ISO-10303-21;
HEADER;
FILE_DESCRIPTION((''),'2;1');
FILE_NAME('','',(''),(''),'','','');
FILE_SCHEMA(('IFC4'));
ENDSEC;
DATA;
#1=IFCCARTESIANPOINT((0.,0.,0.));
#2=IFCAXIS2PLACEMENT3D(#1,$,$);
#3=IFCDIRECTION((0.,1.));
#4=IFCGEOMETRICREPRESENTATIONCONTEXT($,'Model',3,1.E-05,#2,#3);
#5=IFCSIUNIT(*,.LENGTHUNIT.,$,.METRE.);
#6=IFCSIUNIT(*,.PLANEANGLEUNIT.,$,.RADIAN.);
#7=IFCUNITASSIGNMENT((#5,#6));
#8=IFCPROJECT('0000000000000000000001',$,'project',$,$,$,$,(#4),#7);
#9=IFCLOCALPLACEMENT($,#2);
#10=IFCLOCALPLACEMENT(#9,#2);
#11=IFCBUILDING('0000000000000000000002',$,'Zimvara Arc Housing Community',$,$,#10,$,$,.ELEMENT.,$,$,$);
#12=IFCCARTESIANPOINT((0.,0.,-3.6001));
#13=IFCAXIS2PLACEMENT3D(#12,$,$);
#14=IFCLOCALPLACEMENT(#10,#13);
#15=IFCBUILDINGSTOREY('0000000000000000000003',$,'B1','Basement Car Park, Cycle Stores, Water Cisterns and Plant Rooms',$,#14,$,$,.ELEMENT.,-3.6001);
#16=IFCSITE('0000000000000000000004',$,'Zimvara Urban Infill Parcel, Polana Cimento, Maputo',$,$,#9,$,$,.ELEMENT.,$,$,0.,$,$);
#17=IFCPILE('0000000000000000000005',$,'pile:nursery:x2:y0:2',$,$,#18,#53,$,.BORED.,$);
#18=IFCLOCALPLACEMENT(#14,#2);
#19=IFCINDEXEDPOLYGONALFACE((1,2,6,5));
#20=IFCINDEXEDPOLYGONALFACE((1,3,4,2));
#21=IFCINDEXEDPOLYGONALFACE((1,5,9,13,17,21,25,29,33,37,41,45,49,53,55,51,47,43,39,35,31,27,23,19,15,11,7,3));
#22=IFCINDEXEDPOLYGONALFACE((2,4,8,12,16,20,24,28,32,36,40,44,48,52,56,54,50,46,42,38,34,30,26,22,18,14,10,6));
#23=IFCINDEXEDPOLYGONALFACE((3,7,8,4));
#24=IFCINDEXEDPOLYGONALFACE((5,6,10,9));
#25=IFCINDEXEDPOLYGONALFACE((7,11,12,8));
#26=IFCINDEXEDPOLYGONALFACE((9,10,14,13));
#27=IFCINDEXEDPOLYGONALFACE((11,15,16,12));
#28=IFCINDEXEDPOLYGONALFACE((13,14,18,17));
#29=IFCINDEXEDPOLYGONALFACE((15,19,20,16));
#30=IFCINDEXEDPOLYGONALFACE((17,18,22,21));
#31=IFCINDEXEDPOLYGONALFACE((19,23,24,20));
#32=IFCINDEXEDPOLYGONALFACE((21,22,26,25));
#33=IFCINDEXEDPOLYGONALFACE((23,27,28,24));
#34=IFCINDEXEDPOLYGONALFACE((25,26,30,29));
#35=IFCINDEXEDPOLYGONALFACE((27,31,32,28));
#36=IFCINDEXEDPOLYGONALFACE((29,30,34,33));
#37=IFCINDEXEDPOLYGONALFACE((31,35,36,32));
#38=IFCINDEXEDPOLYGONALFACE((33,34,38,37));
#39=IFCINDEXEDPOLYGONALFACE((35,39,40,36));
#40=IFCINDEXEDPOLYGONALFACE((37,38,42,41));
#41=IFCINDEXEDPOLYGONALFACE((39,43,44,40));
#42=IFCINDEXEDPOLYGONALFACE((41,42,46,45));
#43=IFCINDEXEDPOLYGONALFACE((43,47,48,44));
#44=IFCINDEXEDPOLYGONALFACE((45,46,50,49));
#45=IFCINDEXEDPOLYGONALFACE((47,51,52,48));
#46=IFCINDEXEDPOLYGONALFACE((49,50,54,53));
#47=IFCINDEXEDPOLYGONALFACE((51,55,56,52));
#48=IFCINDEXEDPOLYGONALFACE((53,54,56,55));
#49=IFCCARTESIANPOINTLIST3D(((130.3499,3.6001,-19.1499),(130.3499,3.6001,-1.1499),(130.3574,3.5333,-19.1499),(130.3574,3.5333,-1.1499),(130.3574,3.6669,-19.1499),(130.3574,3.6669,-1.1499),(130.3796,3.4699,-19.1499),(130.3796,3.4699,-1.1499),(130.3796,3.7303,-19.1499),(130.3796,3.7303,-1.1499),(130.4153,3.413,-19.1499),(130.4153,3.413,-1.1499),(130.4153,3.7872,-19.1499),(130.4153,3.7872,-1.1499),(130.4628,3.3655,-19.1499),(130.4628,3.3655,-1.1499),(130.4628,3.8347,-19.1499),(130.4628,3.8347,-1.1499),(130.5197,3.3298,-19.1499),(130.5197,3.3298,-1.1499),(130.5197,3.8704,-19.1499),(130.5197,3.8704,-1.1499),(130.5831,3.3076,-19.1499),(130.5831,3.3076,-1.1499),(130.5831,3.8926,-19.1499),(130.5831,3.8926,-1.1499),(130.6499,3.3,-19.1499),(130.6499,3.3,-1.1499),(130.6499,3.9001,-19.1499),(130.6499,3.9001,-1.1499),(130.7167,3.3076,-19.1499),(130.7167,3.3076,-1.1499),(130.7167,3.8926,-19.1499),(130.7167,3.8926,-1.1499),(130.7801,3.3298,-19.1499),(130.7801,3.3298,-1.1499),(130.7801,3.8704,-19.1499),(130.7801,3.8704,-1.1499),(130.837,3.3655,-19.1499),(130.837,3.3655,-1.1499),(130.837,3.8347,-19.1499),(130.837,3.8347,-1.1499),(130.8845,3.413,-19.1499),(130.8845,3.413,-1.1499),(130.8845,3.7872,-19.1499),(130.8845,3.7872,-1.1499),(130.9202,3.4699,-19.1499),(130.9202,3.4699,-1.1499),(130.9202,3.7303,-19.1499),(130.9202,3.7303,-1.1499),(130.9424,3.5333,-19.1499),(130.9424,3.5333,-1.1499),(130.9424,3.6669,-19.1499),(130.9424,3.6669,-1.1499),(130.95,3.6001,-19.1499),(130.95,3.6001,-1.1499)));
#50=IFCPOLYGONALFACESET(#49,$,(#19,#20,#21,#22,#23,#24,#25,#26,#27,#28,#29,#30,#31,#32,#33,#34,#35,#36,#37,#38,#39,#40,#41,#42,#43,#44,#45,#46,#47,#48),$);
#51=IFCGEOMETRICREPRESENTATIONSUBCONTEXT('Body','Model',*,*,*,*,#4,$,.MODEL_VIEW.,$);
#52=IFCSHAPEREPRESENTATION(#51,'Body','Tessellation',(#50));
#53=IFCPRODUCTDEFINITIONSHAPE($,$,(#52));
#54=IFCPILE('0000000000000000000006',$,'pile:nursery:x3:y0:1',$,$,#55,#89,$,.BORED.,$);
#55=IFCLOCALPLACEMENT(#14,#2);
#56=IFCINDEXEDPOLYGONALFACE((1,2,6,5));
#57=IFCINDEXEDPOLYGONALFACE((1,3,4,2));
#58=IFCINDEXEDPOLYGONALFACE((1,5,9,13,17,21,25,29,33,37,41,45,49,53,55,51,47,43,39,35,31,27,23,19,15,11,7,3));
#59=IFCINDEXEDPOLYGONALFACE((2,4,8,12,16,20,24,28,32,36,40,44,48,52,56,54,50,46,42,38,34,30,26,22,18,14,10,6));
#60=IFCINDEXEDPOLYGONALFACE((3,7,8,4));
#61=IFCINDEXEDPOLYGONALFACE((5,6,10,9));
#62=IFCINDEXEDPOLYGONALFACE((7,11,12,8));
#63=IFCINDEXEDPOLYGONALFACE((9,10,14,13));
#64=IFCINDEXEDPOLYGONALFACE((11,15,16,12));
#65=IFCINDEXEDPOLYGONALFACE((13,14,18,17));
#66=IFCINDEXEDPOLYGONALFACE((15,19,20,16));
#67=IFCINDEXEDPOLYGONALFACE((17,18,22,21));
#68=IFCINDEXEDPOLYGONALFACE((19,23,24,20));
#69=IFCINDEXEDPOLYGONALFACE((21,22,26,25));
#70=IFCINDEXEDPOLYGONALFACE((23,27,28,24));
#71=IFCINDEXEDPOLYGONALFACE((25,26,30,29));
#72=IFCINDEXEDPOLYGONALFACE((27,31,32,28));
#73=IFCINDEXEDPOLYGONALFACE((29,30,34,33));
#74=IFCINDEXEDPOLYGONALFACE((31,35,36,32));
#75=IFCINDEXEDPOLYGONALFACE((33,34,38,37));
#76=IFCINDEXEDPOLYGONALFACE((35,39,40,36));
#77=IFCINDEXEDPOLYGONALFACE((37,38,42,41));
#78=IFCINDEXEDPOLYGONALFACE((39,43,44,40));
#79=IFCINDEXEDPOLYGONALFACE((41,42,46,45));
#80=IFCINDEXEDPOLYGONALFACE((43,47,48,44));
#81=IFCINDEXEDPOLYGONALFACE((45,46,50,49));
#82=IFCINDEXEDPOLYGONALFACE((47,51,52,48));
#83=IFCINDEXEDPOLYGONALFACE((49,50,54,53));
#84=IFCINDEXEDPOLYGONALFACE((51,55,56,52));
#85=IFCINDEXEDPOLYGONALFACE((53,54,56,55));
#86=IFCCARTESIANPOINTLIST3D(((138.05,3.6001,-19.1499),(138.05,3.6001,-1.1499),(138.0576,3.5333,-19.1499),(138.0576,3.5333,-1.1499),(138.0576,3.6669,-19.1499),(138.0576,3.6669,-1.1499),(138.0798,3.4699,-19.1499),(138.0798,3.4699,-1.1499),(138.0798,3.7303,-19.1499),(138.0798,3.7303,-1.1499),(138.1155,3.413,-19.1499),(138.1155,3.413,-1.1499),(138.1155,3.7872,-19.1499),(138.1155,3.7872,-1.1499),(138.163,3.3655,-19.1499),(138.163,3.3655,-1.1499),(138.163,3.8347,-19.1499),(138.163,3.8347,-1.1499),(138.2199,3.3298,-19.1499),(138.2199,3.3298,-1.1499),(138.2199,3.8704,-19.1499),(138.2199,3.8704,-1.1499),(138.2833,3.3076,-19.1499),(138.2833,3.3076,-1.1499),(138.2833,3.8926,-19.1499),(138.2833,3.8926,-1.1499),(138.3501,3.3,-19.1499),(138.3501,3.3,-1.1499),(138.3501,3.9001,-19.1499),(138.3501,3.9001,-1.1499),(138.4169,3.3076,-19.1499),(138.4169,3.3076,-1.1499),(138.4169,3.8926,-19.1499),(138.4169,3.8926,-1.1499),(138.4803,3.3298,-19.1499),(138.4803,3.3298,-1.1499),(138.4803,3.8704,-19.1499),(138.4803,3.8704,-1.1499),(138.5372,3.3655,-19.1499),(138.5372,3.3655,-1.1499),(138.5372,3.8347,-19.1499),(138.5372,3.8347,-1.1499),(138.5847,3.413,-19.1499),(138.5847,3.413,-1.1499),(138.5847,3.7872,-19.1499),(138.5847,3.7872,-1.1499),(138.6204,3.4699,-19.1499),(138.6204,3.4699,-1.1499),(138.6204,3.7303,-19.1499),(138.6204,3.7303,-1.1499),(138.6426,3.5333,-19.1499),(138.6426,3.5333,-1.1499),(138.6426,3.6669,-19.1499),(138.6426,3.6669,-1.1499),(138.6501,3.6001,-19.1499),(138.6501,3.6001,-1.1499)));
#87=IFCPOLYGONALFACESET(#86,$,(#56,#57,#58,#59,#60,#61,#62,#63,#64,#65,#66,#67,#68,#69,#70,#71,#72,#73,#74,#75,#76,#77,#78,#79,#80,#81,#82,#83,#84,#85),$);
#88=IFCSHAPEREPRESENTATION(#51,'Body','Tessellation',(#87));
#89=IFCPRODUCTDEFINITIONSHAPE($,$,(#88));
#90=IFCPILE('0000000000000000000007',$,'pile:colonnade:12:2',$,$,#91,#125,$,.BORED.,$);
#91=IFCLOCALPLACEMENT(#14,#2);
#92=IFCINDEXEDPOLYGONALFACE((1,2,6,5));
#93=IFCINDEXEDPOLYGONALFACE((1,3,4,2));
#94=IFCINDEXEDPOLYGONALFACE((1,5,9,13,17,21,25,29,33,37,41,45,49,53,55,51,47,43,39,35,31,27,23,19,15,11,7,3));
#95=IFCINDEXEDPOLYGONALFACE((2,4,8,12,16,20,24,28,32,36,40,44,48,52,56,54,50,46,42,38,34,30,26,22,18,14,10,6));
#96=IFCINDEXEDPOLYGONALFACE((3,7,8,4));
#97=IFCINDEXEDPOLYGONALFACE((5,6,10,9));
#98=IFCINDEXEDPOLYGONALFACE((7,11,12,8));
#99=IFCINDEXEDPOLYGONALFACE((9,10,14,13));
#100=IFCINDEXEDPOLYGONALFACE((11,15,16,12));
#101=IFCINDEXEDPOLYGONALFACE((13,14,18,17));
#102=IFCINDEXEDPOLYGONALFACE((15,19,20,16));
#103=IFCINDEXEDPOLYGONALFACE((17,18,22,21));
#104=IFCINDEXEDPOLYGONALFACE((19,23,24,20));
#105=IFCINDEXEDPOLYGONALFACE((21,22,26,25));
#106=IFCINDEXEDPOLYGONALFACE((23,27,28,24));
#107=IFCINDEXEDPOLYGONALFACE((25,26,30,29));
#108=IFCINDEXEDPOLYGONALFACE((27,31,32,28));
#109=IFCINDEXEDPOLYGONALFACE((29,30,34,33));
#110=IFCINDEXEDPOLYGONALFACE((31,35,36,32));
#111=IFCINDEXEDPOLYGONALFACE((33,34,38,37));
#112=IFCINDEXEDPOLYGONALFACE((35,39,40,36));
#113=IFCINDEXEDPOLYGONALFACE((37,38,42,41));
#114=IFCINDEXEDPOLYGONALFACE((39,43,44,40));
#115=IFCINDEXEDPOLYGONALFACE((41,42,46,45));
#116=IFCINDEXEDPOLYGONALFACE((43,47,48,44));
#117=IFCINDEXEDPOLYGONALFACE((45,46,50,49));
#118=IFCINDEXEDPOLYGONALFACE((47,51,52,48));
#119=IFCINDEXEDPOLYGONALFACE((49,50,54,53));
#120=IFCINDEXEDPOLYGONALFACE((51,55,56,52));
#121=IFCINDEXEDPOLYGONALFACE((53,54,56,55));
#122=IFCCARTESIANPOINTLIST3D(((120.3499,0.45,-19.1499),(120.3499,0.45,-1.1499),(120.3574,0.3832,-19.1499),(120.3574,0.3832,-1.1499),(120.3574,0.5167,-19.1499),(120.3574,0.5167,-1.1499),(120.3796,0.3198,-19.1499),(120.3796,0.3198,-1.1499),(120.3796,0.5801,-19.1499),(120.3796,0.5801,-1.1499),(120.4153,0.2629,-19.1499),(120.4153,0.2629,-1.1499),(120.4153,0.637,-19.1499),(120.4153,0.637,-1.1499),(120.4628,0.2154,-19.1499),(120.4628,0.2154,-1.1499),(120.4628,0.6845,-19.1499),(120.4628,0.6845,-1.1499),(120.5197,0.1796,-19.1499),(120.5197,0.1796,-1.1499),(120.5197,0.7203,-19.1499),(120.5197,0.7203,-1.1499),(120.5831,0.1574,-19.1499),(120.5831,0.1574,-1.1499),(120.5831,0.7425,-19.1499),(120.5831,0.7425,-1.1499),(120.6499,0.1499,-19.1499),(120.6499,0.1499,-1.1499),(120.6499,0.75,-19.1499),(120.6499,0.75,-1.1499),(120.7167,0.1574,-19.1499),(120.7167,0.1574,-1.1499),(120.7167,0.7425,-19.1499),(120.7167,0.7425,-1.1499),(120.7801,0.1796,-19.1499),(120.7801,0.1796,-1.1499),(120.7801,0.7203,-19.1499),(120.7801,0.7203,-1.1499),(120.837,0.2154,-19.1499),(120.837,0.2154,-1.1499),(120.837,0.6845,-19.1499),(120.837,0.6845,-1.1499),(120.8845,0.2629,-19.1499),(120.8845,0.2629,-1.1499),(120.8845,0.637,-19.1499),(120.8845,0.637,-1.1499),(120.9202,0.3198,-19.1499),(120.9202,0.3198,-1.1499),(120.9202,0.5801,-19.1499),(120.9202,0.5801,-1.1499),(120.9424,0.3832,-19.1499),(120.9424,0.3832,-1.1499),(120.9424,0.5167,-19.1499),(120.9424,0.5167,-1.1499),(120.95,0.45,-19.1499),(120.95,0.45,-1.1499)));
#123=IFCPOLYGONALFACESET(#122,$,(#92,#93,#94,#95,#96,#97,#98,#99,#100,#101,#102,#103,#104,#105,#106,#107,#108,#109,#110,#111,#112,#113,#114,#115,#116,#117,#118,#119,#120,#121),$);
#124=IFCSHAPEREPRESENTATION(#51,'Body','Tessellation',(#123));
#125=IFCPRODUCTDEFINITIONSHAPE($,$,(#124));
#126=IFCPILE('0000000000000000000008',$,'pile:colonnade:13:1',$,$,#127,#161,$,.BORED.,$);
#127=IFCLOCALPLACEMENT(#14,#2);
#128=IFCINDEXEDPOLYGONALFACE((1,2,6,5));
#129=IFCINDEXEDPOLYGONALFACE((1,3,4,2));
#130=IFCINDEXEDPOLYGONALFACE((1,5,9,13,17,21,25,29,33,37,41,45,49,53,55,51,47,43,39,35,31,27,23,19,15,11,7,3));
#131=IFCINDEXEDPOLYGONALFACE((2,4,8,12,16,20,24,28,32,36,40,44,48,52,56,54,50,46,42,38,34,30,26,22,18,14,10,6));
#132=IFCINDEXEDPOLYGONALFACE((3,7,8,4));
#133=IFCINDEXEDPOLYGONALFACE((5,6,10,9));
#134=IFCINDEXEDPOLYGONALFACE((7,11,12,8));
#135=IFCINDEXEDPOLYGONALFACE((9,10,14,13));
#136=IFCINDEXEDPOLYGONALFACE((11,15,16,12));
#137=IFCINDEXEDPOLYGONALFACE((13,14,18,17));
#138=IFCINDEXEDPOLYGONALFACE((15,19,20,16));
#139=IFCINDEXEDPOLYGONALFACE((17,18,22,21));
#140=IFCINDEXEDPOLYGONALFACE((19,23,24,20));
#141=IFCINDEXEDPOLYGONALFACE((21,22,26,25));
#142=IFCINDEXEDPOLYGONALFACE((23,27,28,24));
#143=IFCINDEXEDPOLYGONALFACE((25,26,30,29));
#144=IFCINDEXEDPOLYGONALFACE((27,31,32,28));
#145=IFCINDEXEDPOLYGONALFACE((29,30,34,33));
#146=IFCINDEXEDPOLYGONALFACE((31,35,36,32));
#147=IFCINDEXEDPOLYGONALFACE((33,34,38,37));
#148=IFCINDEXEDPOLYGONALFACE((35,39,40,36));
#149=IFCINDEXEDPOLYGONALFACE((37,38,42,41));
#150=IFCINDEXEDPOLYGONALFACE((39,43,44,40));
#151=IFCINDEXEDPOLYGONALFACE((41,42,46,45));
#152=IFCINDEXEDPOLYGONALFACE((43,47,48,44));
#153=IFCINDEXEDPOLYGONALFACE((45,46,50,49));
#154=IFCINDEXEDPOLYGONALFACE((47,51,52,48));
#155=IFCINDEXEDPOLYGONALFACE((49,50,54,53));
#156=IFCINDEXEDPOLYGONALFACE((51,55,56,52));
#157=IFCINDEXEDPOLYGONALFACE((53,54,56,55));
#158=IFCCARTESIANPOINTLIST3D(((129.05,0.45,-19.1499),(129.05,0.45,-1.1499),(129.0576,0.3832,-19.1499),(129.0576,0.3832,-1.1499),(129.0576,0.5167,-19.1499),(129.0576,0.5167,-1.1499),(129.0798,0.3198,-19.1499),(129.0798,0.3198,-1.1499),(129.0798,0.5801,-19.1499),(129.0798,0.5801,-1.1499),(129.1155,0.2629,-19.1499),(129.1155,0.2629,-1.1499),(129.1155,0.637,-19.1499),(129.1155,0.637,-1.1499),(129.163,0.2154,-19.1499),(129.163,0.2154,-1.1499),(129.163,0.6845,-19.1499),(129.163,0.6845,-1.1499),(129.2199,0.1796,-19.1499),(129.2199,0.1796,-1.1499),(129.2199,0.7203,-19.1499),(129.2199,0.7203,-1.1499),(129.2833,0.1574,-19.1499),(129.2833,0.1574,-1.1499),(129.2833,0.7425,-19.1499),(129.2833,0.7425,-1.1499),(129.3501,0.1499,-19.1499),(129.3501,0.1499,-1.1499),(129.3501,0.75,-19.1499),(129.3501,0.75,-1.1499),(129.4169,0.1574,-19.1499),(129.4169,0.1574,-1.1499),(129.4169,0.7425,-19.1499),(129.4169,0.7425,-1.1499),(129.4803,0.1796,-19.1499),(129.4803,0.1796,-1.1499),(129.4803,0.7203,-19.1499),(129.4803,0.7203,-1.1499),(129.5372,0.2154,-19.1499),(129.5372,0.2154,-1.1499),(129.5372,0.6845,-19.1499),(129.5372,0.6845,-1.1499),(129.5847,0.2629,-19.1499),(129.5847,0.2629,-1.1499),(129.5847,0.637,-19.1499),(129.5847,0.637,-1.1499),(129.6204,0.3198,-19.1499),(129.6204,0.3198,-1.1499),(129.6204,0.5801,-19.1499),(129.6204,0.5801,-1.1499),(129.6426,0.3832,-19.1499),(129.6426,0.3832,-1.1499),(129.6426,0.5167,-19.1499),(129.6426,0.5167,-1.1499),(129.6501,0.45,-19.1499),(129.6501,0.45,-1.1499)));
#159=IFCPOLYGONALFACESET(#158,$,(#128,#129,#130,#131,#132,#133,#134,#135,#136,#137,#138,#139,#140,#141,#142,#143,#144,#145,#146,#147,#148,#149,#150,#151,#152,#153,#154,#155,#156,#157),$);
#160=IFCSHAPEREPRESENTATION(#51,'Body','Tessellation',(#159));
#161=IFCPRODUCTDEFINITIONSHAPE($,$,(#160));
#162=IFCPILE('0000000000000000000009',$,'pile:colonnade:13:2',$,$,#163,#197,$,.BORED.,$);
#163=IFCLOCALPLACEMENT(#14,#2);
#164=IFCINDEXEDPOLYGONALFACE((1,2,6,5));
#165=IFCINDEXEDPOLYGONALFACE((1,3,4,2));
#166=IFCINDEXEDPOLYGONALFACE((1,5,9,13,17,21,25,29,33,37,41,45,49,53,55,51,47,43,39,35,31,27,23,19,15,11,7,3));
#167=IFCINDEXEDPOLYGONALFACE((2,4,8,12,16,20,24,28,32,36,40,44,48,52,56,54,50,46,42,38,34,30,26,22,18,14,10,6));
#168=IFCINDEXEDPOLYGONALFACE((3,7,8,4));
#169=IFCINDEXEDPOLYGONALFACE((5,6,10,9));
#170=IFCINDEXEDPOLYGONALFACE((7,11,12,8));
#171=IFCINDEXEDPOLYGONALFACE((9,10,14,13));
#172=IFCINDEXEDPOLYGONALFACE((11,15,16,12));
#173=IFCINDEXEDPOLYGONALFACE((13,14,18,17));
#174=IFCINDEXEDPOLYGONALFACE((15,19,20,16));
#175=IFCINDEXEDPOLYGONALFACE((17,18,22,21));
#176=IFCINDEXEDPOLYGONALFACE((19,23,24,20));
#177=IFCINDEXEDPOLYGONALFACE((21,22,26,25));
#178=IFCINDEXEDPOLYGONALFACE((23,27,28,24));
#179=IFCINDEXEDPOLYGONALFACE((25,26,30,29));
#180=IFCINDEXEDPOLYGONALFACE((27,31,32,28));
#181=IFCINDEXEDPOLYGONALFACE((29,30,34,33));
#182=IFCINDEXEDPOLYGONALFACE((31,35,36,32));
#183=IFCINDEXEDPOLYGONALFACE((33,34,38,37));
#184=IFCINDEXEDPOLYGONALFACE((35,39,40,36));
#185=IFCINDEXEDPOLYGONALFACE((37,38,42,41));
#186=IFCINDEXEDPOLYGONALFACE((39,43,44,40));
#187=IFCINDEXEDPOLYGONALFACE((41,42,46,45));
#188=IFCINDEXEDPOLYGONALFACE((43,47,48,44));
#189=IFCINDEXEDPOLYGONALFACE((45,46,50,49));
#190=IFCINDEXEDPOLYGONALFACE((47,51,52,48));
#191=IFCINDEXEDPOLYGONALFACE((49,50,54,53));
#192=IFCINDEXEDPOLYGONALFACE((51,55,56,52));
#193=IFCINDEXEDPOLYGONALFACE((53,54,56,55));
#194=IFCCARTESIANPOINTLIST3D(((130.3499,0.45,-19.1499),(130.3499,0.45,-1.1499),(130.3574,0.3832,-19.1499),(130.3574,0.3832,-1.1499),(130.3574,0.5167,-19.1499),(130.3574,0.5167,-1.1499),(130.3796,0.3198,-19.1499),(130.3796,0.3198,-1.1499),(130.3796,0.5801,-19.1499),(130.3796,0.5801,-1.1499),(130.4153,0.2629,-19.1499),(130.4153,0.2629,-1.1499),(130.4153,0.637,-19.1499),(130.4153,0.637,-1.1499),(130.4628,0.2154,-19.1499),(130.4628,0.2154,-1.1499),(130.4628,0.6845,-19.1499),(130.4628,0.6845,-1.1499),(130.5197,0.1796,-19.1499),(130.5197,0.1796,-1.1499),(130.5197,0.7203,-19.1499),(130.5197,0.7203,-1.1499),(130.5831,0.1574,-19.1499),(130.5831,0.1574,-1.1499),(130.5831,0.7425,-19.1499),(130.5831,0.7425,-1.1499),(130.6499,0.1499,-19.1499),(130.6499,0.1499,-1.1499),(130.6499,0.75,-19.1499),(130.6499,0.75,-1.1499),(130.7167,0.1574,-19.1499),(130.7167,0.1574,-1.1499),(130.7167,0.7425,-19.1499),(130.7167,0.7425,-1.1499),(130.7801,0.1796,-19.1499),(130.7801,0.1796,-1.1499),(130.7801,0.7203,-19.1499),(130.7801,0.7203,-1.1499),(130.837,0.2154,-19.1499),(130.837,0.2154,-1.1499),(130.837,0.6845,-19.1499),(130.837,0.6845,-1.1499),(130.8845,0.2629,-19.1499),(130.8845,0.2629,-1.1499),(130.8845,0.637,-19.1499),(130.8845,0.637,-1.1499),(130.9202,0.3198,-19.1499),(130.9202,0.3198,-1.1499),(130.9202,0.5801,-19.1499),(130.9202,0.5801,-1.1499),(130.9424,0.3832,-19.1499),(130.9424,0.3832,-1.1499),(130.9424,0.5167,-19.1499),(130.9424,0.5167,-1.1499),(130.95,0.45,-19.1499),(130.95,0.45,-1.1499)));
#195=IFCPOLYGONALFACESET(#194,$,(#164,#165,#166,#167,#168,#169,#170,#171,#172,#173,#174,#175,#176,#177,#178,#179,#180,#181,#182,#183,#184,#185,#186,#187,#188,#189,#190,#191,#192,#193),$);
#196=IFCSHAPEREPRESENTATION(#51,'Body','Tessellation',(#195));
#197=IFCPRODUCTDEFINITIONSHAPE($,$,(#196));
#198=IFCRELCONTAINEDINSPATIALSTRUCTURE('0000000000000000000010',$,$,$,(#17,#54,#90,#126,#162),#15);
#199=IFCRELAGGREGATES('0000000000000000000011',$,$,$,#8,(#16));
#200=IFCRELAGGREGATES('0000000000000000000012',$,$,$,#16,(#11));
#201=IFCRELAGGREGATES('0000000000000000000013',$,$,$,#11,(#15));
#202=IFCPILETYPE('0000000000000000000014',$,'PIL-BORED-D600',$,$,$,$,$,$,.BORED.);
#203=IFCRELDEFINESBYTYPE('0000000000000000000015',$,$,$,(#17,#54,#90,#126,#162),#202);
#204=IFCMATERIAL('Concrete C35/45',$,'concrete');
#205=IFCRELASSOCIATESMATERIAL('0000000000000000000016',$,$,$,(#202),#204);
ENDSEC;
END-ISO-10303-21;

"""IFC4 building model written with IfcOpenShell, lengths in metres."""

from ifc_helpers import new_model, si_unit, direction, frame, origin, origin_2d, place, context, subcontext, project, spatial, circle, extrude, material, material_profile, profile_set, type_object, element, save


model = new_model("IFC4")

# Units and contexts
model_context = context("Model", 3, precision=1e-05, world=origin(), true_north=direction((0.0, 1.0)))
body_context = subcontext(model_context, "Body", "Model", "MODEL_VIEW")
ifc_project = project(units=[si_unit("LENGTHUNIT", "METRE"), si_unit("PLANEANGLEUNIT", "RADIAN")], contexts=[model_context])

# Site, building, storey
site_placement = place(None, origin())
site = spatial("IfcSite", under=ifc_project, at=site_placement, Name="Zimvara Urban Infill Parcel, Polana Cimento, Maputo", CompositionType="ELEMENT", RefElevation=0.0)
building_placement = place(site_placement, origin())
building = spatial("IfcBuilding", under=site, at=building_placement, Name="Zimvara Arc Housing Community", CompositionType="ELEMENT")
storey_placement = place(building_placement, frame((0.0, 0.0, -3.6001)))
storey = spatial("IfcBuildingStorey", under=building, at=storey_placement, Name="B1", Description="Basement Car Park, Cycle Stores, Water Cisterns and Plant Rooms", CompositionType="ELEMENT", Elevation=-3.6001)

# Piles
ifc_material_1 = material(Name="Concrete C35/45", Category="concrete")
ifc_material_profile_1 = material_profile(ifc_material_1, circle(Radius=0.3, at=origin_2d()), Name="PILE D600")
ifc_profile_set_1 = profile_set([ifc_material_profile_1], Name="Concrete C35/45")
pile_type = type_object("IfcPileType", Name="PIL-BORED-D600", PredefinedType="BORED", material=ifc_profile_set_1)
for number, where, z_axis, x_axis, name in (
    (1, (130.6499, 3.6001, -1.1499), (0.0, 0.0, -1.0), (1.0, 0.0, 0.0), "pile:nursery:x2:y0:2"),
    (2, (138.3501, 3.6001, -1.1499), (0.0, 0.0, -1.0), (1.0, 0.0, 0.0), "pile:nursery:x3:y0:1"),
    (3, (120.6499, 0.45, -1.1499), (0.0, 0.0, -1.0), (1.0, 0.0, 0.0), "pile:colonnade:12:2"),
    (4, (129.3501, 0.45, -1.1499), (0.0, 0.0, -1.0), (1.0, 0.0, 0.0), "pile:colonnade:13:1"),
    (5, (130.6499, 0.45, -1.1499), (0.0, 0.0, -1.0), (1.0, 0.0, 0.0), "pile:colonnade:13:2"),
):
    element("IfcPile", number, at=place(storey_placement, frame(where, z_axis=z_axis, x_axis=x_axis)), inside=storey, type_object=pile_type, Name=name, PredefinedType="BORED", context=body_context, shape_type="SweptSolid", body=[
        extrude(circle(Radius=0.3, at=origin_2d()), origin(), (0.0, 0.0, 1.0), 18.0),
    ])

save(model, "model.ifc")
